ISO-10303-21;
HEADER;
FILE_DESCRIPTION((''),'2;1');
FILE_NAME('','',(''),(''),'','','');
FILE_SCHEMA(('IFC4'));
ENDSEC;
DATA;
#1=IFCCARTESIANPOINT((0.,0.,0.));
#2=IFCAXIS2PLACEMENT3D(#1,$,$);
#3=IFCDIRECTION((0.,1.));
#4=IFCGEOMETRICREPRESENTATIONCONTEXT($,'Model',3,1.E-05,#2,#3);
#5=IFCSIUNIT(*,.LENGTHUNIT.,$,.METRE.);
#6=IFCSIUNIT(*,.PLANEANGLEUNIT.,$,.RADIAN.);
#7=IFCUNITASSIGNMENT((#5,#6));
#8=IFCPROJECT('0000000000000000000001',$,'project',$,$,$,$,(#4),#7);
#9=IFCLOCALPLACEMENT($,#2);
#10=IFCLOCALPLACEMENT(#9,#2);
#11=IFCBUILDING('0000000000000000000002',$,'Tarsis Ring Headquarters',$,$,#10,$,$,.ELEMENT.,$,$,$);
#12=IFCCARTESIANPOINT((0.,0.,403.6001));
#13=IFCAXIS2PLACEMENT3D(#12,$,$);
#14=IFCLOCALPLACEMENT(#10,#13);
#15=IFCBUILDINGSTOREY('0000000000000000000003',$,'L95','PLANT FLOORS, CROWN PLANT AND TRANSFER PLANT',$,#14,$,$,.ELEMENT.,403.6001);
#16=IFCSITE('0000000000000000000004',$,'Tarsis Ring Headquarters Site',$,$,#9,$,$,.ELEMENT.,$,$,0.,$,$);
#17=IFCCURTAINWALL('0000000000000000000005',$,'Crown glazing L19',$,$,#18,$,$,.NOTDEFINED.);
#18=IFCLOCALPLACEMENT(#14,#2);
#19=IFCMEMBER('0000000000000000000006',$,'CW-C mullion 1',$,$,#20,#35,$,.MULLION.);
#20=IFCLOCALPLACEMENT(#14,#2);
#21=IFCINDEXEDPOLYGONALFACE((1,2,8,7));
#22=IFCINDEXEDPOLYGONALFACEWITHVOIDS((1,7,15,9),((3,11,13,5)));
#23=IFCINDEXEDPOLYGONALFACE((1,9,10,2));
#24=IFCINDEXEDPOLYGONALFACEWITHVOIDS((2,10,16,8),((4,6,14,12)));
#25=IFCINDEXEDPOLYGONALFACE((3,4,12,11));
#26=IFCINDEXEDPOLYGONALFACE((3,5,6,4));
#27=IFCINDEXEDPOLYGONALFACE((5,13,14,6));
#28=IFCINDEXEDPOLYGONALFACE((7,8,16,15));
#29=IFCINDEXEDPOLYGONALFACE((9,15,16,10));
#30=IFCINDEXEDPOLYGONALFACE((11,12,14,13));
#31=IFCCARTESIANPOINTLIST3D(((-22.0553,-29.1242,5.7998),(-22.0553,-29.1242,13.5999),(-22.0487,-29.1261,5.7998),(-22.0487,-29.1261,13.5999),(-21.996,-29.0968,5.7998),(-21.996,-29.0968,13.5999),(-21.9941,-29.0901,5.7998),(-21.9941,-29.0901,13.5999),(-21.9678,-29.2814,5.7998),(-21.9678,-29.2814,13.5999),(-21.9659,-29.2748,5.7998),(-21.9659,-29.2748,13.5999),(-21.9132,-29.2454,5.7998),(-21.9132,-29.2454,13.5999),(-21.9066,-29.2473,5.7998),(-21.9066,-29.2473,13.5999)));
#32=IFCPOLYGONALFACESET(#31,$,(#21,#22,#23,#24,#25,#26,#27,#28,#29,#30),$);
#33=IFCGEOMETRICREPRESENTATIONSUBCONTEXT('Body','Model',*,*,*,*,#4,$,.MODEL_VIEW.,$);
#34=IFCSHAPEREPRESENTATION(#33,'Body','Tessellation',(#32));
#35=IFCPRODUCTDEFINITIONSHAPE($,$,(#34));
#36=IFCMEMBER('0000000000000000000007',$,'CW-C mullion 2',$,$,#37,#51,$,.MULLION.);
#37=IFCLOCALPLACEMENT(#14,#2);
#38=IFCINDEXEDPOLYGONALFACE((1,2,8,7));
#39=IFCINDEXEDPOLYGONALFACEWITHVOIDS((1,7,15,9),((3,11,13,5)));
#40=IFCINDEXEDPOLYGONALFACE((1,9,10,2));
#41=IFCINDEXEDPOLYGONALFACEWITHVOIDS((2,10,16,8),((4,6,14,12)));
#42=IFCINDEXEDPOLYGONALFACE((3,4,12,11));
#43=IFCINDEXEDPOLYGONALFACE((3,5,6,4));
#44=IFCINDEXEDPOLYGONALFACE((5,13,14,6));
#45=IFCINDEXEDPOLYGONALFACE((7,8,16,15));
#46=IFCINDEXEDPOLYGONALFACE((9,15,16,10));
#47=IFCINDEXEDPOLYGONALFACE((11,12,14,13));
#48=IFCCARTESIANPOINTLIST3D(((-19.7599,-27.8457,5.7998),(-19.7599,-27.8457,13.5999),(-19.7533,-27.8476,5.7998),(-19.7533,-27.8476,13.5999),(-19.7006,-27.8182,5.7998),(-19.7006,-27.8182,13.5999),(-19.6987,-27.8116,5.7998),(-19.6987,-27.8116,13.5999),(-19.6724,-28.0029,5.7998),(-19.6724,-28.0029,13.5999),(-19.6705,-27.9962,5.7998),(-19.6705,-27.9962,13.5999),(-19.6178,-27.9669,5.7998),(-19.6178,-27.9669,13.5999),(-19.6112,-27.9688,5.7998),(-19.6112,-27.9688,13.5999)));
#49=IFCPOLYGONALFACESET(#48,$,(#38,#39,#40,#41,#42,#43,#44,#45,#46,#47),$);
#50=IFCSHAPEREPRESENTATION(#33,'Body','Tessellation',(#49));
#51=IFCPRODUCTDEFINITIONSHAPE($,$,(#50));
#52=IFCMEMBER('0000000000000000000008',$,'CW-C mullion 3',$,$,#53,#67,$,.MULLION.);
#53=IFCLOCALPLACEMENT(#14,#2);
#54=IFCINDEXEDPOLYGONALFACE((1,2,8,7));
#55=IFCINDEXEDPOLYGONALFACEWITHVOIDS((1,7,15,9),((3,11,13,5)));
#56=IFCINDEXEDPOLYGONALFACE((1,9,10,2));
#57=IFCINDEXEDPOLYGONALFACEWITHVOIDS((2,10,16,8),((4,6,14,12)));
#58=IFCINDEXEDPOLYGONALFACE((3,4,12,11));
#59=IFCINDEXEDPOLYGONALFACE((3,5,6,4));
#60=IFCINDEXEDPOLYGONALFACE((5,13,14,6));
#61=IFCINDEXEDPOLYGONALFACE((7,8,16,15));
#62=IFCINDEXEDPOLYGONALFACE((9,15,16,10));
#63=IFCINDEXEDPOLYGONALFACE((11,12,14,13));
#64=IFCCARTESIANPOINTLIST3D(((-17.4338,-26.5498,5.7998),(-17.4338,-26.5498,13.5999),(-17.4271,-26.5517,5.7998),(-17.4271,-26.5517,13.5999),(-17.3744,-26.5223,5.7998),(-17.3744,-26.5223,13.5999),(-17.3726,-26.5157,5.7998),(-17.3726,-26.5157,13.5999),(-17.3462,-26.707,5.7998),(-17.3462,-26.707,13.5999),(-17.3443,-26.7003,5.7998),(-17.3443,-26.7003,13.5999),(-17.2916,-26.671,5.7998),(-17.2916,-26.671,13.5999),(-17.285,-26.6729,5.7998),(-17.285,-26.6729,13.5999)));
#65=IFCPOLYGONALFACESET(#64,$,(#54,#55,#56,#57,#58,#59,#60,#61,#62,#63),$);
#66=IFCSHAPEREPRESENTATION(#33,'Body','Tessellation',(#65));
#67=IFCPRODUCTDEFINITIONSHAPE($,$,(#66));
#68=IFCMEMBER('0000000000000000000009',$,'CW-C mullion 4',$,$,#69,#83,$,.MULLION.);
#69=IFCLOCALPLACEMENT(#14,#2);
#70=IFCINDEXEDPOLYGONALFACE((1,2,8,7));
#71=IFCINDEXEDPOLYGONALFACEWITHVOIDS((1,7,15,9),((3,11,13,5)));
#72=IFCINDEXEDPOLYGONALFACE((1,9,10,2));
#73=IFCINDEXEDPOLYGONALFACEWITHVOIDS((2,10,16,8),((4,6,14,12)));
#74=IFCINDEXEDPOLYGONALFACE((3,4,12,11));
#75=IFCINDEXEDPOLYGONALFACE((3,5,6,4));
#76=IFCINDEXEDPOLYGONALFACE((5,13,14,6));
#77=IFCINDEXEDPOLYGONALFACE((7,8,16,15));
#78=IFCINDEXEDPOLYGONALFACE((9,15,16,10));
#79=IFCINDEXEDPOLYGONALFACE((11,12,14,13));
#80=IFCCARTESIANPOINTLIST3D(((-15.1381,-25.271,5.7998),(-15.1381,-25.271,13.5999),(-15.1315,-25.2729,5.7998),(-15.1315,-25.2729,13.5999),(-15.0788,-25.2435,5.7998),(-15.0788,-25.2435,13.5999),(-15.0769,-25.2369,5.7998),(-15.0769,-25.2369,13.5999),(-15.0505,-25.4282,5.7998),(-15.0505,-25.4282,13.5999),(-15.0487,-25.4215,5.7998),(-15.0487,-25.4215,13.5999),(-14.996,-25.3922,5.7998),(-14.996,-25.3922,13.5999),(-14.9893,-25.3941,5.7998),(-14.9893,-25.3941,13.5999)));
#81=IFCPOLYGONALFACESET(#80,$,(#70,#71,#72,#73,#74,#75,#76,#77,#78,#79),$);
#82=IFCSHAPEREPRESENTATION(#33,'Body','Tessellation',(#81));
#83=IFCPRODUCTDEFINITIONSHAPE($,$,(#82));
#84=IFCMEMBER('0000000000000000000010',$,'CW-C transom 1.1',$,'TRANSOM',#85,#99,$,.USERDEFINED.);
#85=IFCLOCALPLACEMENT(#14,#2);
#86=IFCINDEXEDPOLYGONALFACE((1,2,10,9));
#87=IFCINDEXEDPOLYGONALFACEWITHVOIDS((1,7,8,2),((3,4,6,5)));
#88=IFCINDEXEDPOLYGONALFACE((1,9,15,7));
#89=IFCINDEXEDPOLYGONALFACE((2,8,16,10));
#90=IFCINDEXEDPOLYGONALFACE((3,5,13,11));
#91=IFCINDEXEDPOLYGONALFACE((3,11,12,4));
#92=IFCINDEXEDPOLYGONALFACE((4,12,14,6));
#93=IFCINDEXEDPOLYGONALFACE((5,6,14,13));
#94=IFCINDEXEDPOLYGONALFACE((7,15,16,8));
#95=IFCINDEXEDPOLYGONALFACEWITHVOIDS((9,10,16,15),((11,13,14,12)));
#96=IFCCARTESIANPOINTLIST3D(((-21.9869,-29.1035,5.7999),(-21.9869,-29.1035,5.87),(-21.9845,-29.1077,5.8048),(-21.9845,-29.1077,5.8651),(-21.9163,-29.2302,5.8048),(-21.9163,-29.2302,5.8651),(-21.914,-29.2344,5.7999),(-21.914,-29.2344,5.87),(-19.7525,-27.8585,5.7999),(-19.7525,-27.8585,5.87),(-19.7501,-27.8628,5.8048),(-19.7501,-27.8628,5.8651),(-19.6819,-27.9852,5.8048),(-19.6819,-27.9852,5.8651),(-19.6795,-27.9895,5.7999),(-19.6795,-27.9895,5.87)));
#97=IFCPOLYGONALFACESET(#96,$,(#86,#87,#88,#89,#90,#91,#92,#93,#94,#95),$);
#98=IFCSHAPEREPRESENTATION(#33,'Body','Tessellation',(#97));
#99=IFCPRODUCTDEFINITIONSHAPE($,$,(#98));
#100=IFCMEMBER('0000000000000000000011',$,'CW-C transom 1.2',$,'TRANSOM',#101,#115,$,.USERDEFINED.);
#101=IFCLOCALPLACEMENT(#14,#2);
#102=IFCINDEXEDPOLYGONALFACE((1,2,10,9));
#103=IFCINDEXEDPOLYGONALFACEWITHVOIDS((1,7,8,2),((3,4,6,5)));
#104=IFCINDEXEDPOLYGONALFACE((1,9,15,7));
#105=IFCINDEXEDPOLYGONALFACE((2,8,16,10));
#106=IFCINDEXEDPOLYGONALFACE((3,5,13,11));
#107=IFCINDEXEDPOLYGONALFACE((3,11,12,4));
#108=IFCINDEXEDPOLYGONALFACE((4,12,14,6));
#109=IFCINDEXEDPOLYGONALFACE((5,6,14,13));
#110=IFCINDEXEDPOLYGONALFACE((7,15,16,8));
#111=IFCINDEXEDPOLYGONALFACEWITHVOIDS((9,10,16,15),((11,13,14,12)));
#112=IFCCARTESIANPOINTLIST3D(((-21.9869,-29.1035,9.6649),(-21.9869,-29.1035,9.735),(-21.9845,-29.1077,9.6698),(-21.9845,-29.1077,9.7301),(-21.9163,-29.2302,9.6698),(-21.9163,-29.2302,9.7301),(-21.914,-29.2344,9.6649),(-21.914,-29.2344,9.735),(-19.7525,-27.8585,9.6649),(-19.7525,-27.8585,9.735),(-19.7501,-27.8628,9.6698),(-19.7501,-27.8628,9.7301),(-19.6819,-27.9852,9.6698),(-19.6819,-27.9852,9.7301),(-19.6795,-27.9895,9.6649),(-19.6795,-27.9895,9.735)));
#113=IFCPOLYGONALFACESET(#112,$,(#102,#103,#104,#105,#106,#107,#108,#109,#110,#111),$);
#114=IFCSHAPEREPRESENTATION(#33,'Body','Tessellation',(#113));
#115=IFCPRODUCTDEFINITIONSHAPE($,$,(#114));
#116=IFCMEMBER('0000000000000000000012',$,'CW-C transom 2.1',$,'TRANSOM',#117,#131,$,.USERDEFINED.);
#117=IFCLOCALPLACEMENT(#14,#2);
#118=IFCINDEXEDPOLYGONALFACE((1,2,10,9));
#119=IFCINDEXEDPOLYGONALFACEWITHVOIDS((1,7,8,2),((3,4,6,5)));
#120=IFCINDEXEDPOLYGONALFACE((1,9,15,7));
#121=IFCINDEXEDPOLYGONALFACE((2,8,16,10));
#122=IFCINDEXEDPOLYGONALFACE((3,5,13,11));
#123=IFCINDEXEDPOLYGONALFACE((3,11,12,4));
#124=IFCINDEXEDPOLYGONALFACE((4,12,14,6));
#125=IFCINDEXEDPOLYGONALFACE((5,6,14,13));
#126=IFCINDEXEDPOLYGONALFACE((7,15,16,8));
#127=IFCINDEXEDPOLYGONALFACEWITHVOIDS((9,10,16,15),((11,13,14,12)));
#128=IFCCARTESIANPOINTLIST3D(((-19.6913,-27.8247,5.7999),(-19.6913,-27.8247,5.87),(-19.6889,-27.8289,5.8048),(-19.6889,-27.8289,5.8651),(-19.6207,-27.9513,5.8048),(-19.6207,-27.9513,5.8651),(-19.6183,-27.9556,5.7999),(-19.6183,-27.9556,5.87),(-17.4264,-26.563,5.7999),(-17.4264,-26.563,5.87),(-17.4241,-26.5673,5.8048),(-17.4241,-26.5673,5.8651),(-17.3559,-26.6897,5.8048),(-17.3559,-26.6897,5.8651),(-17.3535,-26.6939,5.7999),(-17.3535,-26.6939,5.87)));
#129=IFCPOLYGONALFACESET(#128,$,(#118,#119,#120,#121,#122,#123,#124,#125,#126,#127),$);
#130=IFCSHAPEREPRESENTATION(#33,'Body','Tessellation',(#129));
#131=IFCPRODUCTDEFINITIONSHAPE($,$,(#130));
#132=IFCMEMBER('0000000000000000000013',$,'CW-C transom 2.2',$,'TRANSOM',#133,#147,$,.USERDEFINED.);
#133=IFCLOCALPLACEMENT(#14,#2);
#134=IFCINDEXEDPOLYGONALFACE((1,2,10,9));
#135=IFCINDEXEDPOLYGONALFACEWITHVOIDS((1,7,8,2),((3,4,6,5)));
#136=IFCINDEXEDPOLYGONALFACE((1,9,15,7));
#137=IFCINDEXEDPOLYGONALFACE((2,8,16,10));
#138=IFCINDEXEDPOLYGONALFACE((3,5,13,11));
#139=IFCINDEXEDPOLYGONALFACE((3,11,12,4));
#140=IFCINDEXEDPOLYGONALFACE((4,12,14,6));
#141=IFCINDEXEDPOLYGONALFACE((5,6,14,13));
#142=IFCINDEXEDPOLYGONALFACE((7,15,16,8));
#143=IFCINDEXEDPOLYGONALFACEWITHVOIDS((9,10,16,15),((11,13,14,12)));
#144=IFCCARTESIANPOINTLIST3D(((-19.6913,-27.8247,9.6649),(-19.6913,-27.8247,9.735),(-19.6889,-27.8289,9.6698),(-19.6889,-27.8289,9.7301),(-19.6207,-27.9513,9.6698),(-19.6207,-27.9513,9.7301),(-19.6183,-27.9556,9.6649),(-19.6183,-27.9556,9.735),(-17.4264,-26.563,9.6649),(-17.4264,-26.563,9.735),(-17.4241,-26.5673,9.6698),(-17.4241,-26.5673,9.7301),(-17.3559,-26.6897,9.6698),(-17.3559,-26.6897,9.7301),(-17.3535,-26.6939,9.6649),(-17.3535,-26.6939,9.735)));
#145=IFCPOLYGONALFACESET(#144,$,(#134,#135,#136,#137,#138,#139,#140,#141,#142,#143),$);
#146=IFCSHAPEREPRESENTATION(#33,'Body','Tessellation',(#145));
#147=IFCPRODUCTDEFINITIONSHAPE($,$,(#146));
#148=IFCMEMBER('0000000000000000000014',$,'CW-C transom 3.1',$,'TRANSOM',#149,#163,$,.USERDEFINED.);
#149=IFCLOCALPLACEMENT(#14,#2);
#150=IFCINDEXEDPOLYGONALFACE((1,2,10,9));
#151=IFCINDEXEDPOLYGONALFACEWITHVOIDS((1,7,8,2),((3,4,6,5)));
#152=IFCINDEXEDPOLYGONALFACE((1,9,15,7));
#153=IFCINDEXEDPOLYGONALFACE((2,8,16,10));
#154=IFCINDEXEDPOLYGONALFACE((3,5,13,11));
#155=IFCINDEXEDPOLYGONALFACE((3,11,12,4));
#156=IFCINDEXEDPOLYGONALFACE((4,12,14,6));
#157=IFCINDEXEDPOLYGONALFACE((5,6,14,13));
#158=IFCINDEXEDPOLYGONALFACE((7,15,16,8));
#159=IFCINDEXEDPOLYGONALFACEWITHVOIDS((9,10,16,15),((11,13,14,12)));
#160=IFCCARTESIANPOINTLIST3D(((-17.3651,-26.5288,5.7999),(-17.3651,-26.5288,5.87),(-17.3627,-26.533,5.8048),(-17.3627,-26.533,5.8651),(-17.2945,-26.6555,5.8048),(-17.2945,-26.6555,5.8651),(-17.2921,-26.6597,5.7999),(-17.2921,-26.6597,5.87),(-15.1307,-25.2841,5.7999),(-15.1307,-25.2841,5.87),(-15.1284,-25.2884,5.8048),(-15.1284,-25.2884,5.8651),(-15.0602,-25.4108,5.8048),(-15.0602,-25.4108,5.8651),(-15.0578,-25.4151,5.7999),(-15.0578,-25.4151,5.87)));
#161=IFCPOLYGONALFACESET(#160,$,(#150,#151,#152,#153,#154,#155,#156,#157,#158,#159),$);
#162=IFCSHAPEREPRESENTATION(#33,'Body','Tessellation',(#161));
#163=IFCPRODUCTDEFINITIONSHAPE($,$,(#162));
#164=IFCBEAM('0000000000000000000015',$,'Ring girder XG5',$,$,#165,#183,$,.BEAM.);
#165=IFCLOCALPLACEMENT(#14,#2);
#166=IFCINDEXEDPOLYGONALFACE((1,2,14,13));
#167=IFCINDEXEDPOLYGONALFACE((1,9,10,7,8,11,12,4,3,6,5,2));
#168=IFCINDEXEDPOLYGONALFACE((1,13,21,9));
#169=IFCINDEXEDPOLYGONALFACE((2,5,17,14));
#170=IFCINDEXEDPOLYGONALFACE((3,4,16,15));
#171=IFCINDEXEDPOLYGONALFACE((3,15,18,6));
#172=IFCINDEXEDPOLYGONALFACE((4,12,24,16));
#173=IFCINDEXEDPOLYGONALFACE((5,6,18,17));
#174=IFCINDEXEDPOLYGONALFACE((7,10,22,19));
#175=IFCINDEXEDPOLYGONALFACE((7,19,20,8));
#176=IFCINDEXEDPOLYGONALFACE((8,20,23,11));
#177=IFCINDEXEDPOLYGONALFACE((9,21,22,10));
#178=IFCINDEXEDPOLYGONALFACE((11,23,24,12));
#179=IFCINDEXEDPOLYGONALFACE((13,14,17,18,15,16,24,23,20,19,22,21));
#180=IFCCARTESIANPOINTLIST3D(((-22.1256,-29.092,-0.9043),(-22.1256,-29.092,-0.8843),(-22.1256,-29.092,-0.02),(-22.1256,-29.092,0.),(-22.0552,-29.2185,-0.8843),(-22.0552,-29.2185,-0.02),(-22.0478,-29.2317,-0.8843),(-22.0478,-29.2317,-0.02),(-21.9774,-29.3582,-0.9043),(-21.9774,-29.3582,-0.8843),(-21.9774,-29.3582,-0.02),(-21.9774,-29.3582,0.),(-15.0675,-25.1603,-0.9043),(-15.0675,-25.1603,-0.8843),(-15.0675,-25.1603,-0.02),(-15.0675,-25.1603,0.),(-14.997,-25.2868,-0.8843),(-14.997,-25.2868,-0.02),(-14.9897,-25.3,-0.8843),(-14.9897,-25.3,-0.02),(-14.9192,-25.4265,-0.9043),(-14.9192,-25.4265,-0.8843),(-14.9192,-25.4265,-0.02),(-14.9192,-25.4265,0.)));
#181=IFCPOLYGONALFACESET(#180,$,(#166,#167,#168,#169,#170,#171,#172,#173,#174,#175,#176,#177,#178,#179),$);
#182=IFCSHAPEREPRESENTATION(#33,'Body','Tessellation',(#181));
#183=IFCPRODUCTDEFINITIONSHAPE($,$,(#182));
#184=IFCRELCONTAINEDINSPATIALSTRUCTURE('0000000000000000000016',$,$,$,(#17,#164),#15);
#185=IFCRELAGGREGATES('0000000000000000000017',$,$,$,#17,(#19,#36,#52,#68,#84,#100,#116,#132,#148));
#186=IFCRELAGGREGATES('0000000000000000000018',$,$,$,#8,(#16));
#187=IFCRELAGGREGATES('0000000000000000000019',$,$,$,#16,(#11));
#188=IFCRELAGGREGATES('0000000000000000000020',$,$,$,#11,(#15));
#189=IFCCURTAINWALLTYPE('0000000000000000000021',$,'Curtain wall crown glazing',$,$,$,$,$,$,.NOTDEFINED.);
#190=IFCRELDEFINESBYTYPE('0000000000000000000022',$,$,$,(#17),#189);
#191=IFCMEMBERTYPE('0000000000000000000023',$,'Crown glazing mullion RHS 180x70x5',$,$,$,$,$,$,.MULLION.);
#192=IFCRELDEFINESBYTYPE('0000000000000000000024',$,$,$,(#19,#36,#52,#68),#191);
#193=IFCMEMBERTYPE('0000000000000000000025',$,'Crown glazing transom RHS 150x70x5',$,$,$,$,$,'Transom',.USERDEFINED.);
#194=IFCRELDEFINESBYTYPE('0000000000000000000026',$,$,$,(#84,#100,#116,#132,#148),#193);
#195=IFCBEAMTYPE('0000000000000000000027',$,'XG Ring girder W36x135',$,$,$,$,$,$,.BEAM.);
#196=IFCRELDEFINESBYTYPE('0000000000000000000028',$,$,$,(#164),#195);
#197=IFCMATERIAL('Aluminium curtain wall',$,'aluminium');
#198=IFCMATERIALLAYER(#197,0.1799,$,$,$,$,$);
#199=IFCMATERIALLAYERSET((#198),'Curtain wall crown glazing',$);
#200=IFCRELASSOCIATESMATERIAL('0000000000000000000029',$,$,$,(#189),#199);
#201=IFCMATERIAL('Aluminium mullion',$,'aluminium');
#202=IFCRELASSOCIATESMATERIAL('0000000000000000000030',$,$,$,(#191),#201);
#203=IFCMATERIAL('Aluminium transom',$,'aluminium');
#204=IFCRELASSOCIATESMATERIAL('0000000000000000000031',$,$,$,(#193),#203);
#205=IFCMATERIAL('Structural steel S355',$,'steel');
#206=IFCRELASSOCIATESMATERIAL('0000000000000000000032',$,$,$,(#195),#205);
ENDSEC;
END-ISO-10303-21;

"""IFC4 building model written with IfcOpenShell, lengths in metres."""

from ifc_helpers import new_model, si_unit, direction, frame, origin, origin_2d, place, context, subcontext, project, spatial, hollow_rectangle, i_section, extrude, material, layer, layer_set, material_profile, profile_set, type_object, element, aggregate, save


model = new_model("IFC4")

# Units and contexts
model_context = context("Model", 3, precision=1e-05, world=origin(), true_north=direction((0.0, 1.0)))
body_context = subcontext(model_context, "Body", "Model", "MODEL_VIEW")
ifc_project = project(units=[si_unit("LENGTHUNIT", "METRE"), si_unit("PLANEANGLEUNIT", "RADIAN")], contexts=[model_context])

# Site, building, storey
site_placement = place(None, origin())
site = spatial("IfcSite", under=ifc_project, at=site_placement, Name="Tarsis Ring Headquarters Site", CompositionType="ELEMENT", RefElevation=0.0)
building_placement = place(site_placement, origin())
building = spatial("IfcBuilding", under=site, at=building_placement, Name="Tarsis Ring Headquarters", CompositionType="ELEMENT")
storey_placement = place(building_placement, frame((0.0, 0.0, 403.6001)))
storey = spatial("IfcBuildingStorey", under=building, at=storey_placement, Name="L95", Description="PLANT FLOORS, CROWN PLANT AND TRANSFER PLANT", CompositionType="ELEMENT", Elevation=403.6001)

# Shared definitions
ifc_material_1 = material(Name="Structural steel S355", Category="steel")

# Curtain wall, members
ifc_material_2 = material(Name="Aluminium curtain wall", Category="aluminium")
ifc_layer_1 = layer(ifc_material_2, 0.1799)
ifc_layer_set_1 = layer_set([ifc_layer_1], Name="Curtain wall crown glazing")
curtain_wall_type = type_object("IfcCurtainWallType", Name="Curtain wall crown glazing", PredefinedType="NOTDEFINED", material=ifc_layer_set_1)
curtain_wall_placement = place(storey_placement, origin())
curtain_wall = element("IfcCurtainWall", 1, at=curtain_wall_placement, inside=storey, type_object=curtain_wall_type, Name="Crown glazing L19", PredefinedType="NOTDEFINED")
ifc_material_3 = material(Name="Aluminium mullion", Category="aluminium")
ifc_material_profile_1 = material_profile(ifc_material_3, hollow_rectangle(XDim=0.1799, YDim=0.0701, WallThickness=0.0049, at=origin_2d()), Name="RHS 180x70x5")
ifc_profile_set_1 = profile_set([ifc_material_profile_1], Name="Aluminium mullion")
member_type_1 = type_object("IfcMemberType", Name="Crown glazing mullion RHS 180x70x5", PredefinedType="MULLION", material=ifc_profile_set_1)
member_1_placement = place(storey_placement, frame((-21.981, -29.1858, 5.7998), z_axis=(0.0, 0.0, 1.0), x_axis=(-0.48664, 0.873602, 0.0)))
member_1 = element("IfcMember", 2, at=member_1_placement, type_object=member_type_1, Name="CW-C mullion 1", PredefinedType="MULLION", context=body_context, shape_type="SweptSolid", body=[
    extrude(hollow_rectangle(XDim=0.1799, YDim=0.0701, WallThickness=0.0049, at=origin_2d()), origin(), (0.0, 0.0, 1.0), 7.8),
])
member_2_placement = place(storey_placement, frame((-19.6855, -27.9072, 5.7998), z_axis=(0.0, 0.0, 1.0), x_axis=(-0.48664, 0.873602, 0.0)))
member_2 = element("IfcMember", 3, at=member_2_placement, type_object=member_type_1, Name="CW-C mullion 2", PredefinedType="MULLION", context=body_context, shape_type="SweptSolid", body=[
    extrude(hollow_rectangle(XDim=0.1799, YDim=0.0701, WallThickness=0.0049, at=origin_2d()), origin(), (0.0, 0.0, 1.0), 7.8),
])
member_3_placement = place(storey_placement, frame((-17.3594, -26.6113, 5.7998), z_axis=(0.0, 0.0, 1.0), x_axis=(-0.48664, 0.873602, 0.0)))
member_3 = element("IfcMember", 4, at=member_3_placement, type_object=member_type_1, Name="CW-C mullion 3", PredefinedType="MULLION", context=body_context, shape_type="SweptSolid", body=[
    extrude(hollow_rectangle(XDim=0.1799, YDim=0.0701, WallThickness=0.0049, at=origin_2d()), origin(), (0.0, 0.0, 1.0), 7.8),
])
member_4_placement = place(storey_placement, frame((-15.0637, -25.3325, 5.7998), z_axis=(0.0, 0.0, 1.0), x_axis=(-0.48664, 0.873602, 0.0)))
member_4 = element("IfcMember", 5, at=member_4_placement, type_object=member_type_1, Name="CW-C mullion 4", PredefinedType="MULLION", context=body_context, shape_type="SweptSolid", body=[
    extrude(hollow_rectangle(XDim=0.1799, YDim=0.0701, WallThickness=0.0049, at=origin_2d()), origin(), (0.0, 0.0, 1.0), 7.8),
])
ifc_material_4 = material(Name="Aluminium transom", Category="aluminium")
ifc_material_profile_2 = material_profile(ifc_material_4, hollow_rectangle(XDim=0.1499, YDim=0.0701, WallThickness=0.0049, at=origin_2d()), Name="RHS 150x70x5")
ifc_profile_set_2 = profile_set([ifc_material_profile_2], Name="Aluminium transom")
member_type_2 = type_object("IfcMemberType", Name="Crown glazing transom RHS 150x70x5", ElementType="Transom", PredefinedType="USERDEFINED", material=ifc_profile_set_2)
member_5_placement = place(storey_placement, frame((-21.9504, -29.1689, 5.835), z_axis=(0.873567, 0.486704, 0.0), x_axis=(-0.486704, 0.873567, 0.0)))
member_5 = element("IfcMember", 6, at=member_5_placement, type_object=member_type_2, Name="CW-C transom 1.1", ObjectType="TRANSOM", PredefinedType="USERDEFINED", context=body_context, shape_type="SweptSolid", body=[
    extrude(hollow_rectangle(XDim=0.1499, YDim=0.0701, WallThickness=0.0049, at=origin_2d()), origin(), (0.0, 0.0, 1.0), 2.5579),
])
member_6_placement = place(storey_placement, frame((-21.9504, -29.1689, 9.7), z_axis=(0.873567, 0.486704, 0.0), x_axis=(-0.486704, 0.873567, 0.0)))
member_6 = element("IfcMember", 7, at=member_6_placement, type_object=member_type_2, Name="CW-C transom 1.2", ObjectType="TRANSOM", PredefinedType="USERDEFINED", context=body_context, shape_type="SweptSolid", body=[
    extrude(hollow_rectangle(XDim=0.1499, YDim=0.0701, WallThickness=0.0049, at=origin_2d()), origin(), (0.0, 0.0, 1.0), 2.5579),
])
member_7_placement = place(storey_placement, frame((-19.6548, -27.8901, 5.835), z_axis=(0.873593, 0.486658, 0.0), x_axis=(-0.486658, 0.873593, 0.0)))
member_7 = element("IfcMember", 8, at=member_7_placement, type_object=member_type_2, Name="CW-C transom 2.1", ObjectType="TRANSOM", PredefinedType="USERDEFINED", context=body_context, shape_type="SweptSolid", body=[
    extrude(hollow_rectangle(XDim=0.1499, YDim=0.0701, WallThickness=0.0049, at=origin_2d()), origin(), (0.0, 0.0, 1.0), 2.5925),
])
member_8_placement = place(storey_placement, frame((-19.6548, -27.8901, 9.7), z_axis=(0.873593, 0.486658, 0.0), x_axis=(-0.486658, 0.873593, 0.0)))
member_8 = element("IfcMember", 9, at=member_8_placement, type_object=member_type_2, Name="CW-C transom 2.2", ObjectType="TRANSOM", PredefinedType="USERDEFINED", context=body_context, shape_type="SweptSolid", body=[
    extrude(hollow_rectangle(XDim=0.1499, YDim=0.0701, WallThickness=0.0049, at=origin_2d()), origin(), (0.0, 0.0, 1.0), 2.5925),
])
member_9_placement = place(storey_placement, frame((-17.3286, -26.5942, 5.835), z_axis=(0.873607, 0.486631, 0.0), x_axis=(-0.486631, 0.873607, 0.0)))
member_9 = element("IfcMember", 10, at=member_9_placement, type_object=member_type_2, Name="CW-C transom 3.1", ObjectType="TRANSOM", PredefinedType="USERDEFINED", context=body_context, shape_type="SweptSolid", body=[
    extrude(hollow_rectangle(XDim=0.1499, YDim=0.0701, WallThickness=0.0049, at=origin_2d()), origin(), (0.0, 0.0, 1.0), 2.5576),
])

# Beam
ifc_material_profile_3 = material_profile(ifc_material_1, i_section(OverallWidth=0.3047, OverallDepth=0.9043, WebThickness=0.0151, FlangeThickness=0.02, at=origin_2d()), Name="W36x135")
ifc_profile_set_3 = profile_set([ifc_material_profile_3], Name="Structural steel S355")
beam_type_1 = type_object("IfcBeamType", Name="XG Ring girder W36x135", PredefinedType="BEAM", material=ifc_profile_set_3)
beam_1_placement = place(storey_placement, frame((-22.0515, -29.2251, -0.4521), z_axis=(0.873607, 0.486633, 0.0), x_axis=(-0.486633, 0.873607, 0.0)))
element("IfcBeam", 11, at=beam_1_placement, inside=storey, type_object=beam_type_1, Name="Ring girder XG5", PredefinedType="BEAM", context=body_context, shape_type="SweptSolid", body=[
    extrude(i_section(OverallWidth=0.3047, OverallDepth=0.9043, WebThickness=0.0151, FlangeThickness=0.02, at=origin_2d()), origin(), (0.0, 0.0, 1.0), 8.0793),
])

aggregate(curtain_wall, [member_1, member_2, member_3, member_4, member_5, member_6, member_7, member_8, member_9])

save(model, "model.ifc")
